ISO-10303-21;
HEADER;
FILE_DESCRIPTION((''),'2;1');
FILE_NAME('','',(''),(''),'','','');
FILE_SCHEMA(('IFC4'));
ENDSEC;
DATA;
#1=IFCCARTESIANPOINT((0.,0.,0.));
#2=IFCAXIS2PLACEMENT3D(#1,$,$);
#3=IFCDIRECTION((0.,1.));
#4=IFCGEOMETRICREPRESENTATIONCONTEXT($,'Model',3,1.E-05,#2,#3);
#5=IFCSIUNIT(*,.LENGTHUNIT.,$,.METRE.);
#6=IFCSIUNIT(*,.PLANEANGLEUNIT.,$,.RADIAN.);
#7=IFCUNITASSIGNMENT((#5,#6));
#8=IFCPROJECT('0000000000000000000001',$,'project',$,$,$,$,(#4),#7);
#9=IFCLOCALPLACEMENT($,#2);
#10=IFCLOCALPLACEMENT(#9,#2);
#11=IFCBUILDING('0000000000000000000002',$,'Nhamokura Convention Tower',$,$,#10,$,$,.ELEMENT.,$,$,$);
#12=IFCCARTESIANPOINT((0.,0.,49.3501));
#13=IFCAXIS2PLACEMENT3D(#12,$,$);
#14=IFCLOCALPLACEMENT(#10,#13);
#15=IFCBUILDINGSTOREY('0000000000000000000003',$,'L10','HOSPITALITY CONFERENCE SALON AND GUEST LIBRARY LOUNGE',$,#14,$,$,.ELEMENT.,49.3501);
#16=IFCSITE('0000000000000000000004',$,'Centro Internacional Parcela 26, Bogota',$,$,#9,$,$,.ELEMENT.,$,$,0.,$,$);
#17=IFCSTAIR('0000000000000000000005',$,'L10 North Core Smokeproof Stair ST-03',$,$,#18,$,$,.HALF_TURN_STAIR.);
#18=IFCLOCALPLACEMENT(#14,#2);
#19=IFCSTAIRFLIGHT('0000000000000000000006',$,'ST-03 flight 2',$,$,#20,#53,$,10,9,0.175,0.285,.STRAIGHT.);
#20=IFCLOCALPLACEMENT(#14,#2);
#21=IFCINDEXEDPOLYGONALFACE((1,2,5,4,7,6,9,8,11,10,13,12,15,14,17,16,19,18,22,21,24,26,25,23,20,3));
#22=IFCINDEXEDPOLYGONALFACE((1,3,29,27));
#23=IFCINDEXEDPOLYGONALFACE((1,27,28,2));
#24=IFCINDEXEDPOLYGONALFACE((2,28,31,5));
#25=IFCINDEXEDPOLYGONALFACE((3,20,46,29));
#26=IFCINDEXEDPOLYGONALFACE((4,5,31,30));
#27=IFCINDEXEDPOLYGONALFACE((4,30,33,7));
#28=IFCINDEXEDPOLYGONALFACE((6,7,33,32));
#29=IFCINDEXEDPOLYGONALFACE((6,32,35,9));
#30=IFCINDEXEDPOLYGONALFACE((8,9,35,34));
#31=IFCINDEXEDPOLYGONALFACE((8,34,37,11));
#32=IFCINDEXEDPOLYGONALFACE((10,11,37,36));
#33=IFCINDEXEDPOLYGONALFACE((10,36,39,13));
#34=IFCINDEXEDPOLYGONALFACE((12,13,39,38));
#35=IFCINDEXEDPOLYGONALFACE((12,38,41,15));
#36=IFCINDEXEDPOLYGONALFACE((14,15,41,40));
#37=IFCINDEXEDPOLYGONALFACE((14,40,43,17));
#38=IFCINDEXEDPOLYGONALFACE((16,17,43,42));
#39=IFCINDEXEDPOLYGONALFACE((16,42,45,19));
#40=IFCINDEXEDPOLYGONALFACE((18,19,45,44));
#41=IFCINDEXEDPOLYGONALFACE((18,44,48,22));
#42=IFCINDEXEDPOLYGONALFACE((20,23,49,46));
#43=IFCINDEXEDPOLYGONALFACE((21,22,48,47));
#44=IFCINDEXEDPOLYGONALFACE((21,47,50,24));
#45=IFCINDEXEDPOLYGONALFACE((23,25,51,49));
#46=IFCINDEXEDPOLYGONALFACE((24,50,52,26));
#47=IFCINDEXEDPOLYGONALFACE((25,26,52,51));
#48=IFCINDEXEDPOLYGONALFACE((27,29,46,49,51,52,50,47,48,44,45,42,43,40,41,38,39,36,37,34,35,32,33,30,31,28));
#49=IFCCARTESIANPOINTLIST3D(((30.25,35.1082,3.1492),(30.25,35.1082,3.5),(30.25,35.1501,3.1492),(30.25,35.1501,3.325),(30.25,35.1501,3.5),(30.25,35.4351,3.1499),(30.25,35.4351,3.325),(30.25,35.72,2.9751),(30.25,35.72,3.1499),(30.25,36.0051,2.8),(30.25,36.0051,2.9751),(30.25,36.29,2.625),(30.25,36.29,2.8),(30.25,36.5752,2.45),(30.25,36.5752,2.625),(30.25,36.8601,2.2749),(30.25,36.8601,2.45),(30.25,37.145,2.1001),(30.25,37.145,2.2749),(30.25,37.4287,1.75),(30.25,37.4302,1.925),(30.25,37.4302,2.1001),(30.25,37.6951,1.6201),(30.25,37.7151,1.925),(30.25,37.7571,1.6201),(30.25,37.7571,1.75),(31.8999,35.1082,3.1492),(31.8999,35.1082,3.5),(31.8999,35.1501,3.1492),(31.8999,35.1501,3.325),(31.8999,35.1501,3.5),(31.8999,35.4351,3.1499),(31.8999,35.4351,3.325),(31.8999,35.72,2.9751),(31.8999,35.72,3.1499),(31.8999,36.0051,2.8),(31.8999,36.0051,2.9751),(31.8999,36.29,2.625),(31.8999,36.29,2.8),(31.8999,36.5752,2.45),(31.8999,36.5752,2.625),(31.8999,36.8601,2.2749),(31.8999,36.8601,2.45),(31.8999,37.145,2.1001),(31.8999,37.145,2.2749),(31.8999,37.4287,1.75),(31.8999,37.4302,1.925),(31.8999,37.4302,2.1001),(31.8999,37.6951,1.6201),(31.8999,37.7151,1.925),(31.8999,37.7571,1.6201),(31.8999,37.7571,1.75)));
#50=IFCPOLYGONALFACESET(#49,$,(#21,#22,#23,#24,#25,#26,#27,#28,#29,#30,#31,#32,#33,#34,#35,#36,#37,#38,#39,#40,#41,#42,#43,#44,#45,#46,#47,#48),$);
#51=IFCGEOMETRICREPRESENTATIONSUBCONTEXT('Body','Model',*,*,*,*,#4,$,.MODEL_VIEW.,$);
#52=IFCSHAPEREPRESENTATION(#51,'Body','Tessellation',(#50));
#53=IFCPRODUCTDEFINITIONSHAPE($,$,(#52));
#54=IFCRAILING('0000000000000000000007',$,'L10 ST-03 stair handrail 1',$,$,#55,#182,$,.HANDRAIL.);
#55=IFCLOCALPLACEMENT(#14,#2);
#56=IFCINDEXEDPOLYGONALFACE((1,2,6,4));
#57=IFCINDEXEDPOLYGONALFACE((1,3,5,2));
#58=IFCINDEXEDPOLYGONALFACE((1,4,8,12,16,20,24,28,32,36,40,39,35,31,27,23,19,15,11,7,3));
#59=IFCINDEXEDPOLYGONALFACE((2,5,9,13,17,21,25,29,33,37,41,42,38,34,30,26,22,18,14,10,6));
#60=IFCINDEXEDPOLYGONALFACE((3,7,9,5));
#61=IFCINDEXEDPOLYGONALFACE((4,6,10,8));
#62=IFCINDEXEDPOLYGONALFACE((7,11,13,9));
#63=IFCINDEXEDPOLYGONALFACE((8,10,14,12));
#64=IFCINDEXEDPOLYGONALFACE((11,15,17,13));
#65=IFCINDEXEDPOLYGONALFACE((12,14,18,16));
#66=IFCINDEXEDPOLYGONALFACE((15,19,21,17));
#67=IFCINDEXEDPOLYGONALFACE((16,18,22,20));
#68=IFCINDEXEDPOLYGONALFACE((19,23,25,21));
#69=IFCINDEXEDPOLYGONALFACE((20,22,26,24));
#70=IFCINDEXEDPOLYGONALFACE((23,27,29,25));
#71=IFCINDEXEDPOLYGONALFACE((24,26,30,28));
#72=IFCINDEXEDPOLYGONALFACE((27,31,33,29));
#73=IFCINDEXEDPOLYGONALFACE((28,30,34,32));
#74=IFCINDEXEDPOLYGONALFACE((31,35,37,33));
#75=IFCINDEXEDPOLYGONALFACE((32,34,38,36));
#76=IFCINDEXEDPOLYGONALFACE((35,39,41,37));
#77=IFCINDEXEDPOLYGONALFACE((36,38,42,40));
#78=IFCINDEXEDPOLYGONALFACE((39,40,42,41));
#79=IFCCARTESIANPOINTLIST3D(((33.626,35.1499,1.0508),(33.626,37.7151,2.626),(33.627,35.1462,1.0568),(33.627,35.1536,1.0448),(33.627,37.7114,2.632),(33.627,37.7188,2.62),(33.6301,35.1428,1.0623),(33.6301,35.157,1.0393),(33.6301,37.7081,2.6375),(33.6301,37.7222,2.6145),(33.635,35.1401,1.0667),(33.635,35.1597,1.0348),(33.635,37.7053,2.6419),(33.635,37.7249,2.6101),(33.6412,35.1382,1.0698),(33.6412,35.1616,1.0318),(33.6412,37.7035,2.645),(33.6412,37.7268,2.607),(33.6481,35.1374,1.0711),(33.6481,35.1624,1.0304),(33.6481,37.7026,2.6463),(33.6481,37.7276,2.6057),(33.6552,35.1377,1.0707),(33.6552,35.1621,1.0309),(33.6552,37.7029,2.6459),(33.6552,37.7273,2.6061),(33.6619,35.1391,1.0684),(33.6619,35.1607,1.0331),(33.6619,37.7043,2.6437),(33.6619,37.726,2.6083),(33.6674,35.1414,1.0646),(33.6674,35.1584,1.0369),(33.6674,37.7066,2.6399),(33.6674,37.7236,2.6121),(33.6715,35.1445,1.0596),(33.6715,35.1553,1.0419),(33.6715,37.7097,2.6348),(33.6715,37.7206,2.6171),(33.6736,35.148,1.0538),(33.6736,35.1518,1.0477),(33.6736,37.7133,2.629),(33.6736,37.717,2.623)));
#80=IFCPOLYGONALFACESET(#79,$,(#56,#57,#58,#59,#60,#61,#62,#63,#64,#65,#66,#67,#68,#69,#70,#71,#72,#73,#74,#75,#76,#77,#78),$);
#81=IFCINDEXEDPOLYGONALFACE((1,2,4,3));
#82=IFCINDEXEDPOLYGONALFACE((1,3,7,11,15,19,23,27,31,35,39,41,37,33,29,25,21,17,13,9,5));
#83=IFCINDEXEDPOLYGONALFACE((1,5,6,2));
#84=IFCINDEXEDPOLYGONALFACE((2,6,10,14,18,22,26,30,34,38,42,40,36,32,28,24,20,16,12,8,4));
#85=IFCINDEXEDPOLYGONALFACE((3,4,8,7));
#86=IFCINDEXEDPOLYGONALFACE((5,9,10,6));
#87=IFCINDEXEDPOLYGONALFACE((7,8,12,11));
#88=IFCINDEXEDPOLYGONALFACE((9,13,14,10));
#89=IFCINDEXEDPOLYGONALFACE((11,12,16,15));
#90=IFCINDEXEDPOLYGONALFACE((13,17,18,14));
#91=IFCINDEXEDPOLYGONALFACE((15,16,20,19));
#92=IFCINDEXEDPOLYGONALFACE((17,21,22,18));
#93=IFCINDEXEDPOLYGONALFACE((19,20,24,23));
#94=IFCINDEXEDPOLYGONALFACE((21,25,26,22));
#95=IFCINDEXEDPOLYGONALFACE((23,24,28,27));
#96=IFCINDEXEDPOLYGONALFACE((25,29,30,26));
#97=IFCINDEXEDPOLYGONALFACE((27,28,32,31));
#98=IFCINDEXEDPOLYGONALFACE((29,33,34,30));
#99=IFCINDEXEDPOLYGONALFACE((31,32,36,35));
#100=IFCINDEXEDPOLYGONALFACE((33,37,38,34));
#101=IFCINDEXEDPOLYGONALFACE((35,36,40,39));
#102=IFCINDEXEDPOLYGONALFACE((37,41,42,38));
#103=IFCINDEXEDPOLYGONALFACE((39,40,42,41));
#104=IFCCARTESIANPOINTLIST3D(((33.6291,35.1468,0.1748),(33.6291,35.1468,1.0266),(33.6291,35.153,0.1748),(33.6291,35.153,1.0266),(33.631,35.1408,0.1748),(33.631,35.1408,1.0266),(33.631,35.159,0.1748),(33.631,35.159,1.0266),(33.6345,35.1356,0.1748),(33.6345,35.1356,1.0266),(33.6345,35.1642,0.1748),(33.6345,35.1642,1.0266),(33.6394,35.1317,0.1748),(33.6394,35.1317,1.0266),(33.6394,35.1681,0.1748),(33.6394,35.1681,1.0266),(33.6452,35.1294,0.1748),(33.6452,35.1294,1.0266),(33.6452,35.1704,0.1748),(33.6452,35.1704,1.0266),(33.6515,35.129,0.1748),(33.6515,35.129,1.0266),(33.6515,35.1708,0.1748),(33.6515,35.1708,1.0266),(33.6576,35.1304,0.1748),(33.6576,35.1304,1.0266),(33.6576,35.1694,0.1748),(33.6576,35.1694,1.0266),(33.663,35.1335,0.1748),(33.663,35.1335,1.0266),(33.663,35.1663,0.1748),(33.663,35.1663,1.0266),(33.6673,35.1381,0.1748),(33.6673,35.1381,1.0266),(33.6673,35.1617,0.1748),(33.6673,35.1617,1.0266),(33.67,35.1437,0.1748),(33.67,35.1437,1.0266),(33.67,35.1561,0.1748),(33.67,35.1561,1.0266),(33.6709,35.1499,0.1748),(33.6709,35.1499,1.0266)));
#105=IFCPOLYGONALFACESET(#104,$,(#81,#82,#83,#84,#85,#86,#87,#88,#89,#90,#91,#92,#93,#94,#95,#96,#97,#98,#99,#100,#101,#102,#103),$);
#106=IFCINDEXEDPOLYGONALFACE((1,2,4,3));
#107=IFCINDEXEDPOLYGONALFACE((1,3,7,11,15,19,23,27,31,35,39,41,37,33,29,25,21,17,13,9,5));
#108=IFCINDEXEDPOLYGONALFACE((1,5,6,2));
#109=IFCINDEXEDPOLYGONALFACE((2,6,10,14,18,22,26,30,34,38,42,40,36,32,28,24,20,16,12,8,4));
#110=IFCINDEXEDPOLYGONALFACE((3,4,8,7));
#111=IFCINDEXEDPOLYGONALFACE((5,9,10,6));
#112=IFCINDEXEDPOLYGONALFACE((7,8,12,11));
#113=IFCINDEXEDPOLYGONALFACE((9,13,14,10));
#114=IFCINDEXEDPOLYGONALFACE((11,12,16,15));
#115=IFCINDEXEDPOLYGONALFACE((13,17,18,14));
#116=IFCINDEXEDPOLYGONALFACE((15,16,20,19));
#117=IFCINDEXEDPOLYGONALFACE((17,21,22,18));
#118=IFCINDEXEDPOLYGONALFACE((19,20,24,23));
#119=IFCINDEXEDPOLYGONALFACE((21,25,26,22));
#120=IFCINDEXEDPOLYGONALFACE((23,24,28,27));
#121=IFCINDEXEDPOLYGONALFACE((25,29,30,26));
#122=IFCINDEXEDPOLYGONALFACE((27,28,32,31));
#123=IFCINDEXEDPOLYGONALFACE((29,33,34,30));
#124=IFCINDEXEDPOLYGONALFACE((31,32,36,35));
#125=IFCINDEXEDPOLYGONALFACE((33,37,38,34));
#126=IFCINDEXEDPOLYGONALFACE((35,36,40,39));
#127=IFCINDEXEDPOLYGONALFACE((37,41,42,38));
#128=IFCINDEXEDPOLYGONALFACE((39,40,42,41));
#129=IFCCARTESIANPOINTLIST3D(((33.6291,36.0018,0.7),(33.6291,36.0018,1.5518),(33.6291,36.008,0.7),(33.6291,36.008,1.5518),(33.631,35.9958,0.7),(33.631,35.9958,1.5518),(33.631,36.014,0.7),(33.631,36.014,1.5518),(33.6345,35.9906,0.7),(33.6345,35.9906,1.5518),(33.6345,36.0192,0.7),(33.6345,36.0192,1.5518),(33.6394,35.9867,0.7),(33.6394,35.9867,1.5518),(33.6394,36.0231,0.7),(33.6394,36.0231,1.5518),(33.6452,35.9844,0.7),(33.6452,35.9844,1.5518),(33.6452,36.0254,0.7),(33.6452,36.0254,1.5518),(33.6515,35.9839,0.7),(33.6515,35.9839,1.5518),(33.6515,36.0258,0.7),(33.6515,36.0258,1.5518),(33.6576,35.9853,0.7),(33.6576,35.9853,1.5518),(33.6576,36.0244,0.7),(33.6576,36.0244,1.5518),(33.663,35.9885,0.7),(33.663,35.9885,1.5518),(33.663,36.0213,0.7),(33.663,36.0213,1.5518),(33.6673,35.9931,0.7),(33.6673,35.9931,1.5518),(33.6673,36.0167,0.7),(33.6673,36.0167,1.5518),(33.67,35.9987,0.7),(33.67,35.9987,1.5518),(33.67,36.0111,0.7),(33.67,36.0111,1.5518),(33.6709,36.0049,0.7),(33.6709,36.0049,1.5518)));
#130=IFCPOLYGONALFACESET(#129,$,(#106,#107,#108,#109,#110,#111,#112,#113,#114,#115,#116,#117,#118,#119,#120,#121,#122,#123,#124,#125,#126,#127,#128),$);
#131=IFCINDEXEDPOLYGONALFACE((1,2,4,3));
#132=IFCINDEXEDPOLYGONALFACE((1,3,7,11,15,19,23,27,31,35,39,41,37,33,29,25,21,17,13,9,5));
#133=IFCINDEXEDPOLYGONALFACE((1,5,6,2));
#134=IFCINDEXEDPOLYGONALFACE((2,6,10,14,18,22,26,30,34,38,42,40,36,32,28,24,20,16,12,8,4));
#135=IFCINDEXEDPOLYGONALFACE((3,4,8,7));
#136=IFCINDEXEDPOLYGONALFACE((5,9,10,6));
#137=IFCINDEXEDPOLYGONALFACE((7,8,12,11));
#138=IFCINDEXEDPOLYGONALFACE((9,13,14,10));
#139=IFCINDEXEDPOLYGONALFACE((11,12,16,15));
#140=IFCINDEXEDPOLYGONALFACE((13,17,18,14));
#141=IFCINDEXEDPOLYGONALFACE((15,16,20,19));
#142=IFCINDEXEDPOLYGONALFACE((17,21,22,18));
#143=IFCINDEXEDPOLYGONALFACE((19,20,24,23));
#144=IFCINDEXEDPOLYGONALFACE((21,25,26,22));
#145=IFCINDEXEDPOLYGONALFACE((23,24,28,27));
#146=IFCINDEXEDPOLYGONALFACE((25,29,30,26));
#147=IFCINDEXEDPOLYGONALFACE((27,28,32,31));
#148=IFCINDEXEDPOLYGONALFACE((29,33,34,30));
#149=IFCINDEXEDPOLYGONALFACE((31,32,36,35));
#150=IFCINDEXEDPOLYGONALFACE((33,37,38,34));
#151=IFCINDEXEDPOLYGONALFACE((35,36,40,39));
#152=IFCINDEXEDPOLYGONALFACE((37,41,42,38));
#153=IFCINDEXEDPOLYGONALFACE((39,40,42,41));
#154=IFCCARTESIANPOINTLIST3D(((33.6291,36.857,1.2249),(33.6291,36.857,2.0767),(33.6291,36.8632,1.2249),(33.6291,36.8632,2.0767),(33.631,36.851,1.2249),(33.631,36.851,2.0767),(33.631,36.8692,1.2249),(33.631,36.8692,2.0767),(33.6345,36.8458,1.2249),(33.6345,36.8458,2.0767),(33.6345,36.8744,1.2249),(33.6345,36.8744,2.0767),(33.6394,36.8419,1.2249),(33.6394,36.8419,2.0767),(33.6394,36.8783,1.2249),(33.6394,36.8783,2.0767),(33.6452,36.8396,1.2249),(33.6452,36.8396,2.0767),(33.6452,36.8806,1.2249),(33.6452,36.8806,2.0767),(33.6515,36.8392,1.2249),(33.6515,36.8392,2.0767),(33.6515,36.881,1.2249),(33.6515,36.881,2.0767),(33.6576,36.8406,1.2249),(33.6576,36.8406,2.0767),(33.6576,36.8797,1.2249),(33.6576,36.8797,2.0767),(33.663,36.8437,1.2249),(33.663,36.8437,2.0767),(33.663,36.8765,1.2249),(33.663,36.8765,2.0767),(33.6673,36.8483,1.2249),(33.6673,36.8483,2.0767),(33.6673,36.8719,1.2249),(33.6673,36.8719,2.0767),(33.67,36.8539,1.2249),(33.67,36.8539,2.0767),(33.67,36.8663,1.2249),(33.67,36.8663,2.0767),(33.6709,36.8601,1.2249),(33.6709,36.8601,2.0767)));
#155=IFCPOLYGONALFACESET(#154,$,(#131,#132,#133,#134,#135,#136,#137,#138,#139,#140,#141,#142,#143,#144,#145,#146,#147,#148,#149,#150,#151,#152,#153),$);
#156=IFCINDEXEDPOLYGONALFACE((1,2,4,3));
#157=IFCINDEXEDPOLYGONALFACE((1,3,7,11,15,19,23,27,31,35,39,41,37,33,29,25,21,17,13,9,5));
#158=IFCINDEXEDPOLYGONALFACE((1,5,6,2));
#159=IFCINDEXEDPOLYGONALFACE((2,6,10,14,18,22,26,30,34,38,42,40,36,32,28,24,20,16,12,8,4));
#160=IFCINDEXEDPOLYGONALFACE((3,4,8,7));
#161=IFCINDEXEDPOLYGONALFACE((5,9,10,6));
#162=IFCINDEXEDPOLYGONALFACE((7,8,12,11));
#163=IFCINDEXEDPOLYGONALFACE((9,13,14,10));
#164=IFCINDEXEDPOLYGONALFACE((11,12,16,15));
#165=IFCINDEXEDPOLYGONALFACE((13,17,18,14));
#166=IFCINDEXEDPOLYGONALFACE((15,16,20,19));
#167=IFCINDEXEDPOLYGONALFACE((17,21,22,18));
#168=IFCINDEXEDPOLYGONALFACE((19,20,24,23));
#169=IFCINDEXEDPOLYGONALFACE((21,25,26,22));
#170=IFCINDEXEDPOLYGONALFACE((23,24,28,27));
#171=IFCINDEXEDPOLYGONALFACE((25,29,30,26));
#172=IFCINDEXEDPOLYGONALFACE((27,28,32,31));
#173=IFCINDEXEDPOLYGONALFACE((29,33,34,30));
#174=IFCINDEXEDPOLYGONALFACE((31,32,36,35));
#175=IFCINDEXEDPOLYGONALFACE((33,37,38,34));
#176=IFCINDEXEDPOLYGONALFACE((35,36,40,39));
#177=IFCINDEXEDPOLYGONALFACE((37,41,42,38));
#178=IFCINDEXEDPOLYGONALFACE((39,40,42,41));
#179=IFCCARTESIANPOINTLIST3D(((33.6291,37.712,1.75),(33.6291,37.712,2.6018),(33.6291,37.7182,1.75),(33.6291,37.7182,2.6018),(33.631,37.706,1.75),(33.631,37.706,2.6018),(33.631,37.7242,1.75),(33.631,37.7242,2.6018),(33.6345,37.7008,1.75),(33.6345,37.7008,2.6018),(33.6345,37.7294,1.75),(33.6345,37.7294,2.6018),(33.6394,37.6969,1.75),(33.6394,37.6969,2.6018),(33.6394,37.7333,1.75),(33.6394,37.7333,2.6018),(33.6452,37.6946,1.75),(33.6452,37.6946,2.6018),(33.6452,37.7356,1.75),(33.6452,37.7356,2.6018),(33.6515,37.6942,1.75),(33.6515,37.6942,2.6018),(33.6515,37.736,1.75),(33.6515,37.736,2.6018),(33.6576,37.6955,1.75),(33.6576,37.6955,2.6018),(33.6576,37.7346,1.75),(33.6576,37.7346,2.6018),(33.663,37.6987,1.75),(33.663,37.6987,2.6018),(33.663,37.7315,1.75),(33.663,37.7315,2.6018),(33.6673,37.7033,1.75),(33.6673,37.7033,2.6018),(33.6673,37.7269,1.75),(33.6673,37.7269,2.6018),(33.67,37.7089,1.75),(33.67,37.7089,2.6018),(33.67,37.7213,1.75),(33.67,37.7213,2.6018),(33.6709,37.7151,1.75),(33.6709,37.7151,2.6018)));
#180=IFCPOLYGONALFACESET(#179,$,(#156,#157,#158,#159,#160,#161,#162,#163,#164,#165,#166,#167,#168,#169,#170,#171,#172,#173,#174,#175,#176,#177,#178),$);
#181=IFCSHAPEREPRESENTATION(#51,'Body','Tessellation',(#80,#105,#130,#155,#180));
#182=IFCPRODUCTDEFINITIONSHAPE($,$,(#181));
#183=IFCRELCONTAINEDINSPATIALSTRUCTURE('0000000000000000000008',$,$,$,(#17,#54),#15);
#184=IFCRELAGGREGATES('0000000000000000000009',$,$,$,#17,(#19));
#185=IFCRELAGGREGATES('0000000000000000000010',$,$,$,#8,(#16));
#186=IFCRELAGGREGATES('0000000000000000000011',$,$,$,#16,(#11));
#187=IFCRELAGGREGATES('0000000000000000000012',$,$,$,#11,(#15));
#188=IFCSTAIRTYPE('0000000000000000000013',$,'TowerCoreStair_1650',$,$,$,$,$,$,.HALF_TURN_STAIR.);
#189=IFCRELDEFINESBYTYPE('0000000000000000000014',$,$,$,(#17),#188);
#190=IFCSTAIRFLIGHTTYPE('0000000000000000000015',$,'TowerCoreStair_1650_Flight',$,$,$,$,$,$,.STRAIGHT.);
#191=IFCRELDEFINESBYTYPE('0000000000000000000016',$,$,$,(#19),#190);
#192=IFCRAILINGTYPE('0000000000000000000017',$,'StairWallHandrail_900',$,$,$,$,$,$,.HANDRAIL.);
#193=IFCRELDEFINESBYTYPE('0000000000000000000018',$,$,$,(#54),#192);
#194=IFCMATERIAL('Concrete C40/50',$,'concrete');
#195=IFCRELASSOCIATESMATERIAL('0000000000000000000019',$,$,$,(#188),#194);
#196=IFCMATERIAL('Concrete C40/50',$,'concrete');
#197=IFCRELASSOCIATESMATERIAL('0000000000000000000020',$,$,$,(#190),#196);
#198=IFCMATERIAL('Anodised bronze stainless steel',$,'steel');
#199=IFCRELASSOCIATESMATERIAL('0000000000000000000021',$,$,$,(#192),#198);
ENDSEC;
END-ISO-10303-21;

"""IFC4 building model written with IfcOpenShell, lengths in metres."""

from ifc_helpers import new_model, si_unit, direction, frame, origin, origin_2d, place, context, subcontext, project, spatial, polyline, circle, outline, extrude, material, type_object, element, aggregate, save


model = new_model("IFC4")

# Units and contexts
model_context = context("Model", 3, precision=1e-05, world=origin(), true_north=direction((0.0, 1.0)))
body_context = subcontext(model_context, "Body", "Model", "MODEL_VIEW")
ifc_project = project(units=[si_unit("LENGTHUNIT", "METRE"), si_unit("PLANEANGLEUNIT", "RADIAN")], contexts=[model_context])

# Site, building, storey
site_placement = place(None, origin())
site = spatial("IfcSite", under=ifc_project, at=site_placement, Name="Centro Internacional Parcela 26, Bogota", CompositionType="ELEMENT", RefElevation=0.0)
building_placement = place(site_placement, origin())
building = spatial("IfcBuilding", under=site, at=building_placement, Name="Nhamokura Convention Tower", CompositionType="ELEMENT")
storey_placement = place(building_placement, frame((0.0, 0.0, 49.3501)))
storey = spatial("IfcBuildingStorey", under=building, at=storey_placement, Name="L10", Description="HOSPITALITY CONFERENCE SALON AND GUEST LIBRARY LOUNGE", CompositionType="ELEMENT", Elevation=49.3501)

# Stair, stair flight
ifc_material_1 = material(Name="Concrete C40/50", Category="concrete")
stair_type = type_object("IfcStairType", Name="TowerCoreStair_1650", PredefinedType="HALF_TURN_STAIR", material=ifc_material_1)
stair_placement = place(storey_placement, origin())
stair = element("IfcStair", 1, at=stair_placement, inside=storey, type_object=stair_type, Name="L10 North Core Smokeproof Stair ST-03", PredefinedType="HALF_TURN_STAIR")
ifc_material_2 = material(Name="Concrete C40/50", Category="concrete")
stair_flight_type = type_object("IfcStairFlightType", Name="TowerCoreStair_1650_Flight", PredefinedType="STRAIGHT", material=ifc_material_2)
stair_flight_1_placement = place(storey_placement, frame((31.075, 37.7151, 1.75), z_axis=(0.0, 0.0, 1.0), x_axis=(0.0, -1.0, 0.0)))
stair_flight_1 = element("IfcStairFlight", 2, at=stair_flight_1_placement, type_object=stair_flight_type, Name="ST-03 flight 2", NumberOfRisers=10, NumberOfTreads=9, PredefinedType="STRAIGHT", RiserHeight=0.175, TreadLength=0.285, context=body_context, shape_type="SweptSolid", body=[
    extrude(outline(polyline([(-0.042, 0.0), (0.0, 0.175), (0.2849, 0.175), (0.2849, 0.3501), (0.5701, 0.3501), (0.5701, 0.5249), (0.855, 0.5249), (0.855, 0.7), (1.1399, 0.7), (1.1399, 0.875), (1.425, 0.875), (1.425, 1.05), (1.71, 1.05), (1.71, 1.2251), (1.9951, 1.2251), (1.9951, 1.3999), (2.28, 1.3999), (2.28, 1.575), (2.5649, 1.575), (2.5649, 1.75), (2.6069, 1.75), (2.6069, 1.3992), (2.5649, 1.3992), (0.2864, 0.0), (0.02, -0.1299), (-0.042, -0.1299), (-0.042, 0.0)])), frame((0.0, 0.825, 0.0), z_axis=(0.0, -1.0, 0.0), x_axis=(1.0, 0.0, 0.0)), (0.0, 0.0, 1.0), 1.6499),
])
aggregate(stair, [stair_flight_1])

# Railing
ifc_material_3 = material(Name="Anodised bronze stainless steel", Category="steel")
railing_type_1 = type_object("IfcRailingType", Name="StairWallHandrail_900", PredefinedType="HANDRAIL", material=ifc_material_3)
railing_1_placement = place(storey_placement, frame((33.6499, 35.1499, 0.1748)))
element("IfcRailing", 3, at=railing_1_placement, inside=storey, type_object=railing_type_1, Name="L10 ST-03 stair handrail 1", PredefinedType="HANDRAIL", context=body_context, shape_type="SweptSolid", body=[
    extrude(circle(Radius=0.0239, at=origin_2d()), frame((0.0, 0.0, 0.876), z_axis=(0.0, 0.852159, 0.523283), x_axis=(-1.0, 0.0, 0.0)), (0.0, 0.0, 1.0), 3.0103),
    extrude(circle(Radius=0.021, at=origin_2d()), origin(), (0.0, 0.0, 1.0), 0.8518),
    extrude(circle(Radius=0.021, at=origin_2d()), frame((0.0, 0.855, 0.5251)), (0.0, 0.0, 1.0), 0.8518),
    extrude(circle(Radius=0.021, at=origin_2d()), frame((0.0, 1.7102, 1.05)), (0.0, 0.0, 1.0), 0.8518),
    extrude(circle(Radius=0.021, at=origin_2d()), frame((0.0, 2.5652, 1.5752)), (0.0, 0.0, 1.0), 0.8518),
])

save(model, "model.ifc")
